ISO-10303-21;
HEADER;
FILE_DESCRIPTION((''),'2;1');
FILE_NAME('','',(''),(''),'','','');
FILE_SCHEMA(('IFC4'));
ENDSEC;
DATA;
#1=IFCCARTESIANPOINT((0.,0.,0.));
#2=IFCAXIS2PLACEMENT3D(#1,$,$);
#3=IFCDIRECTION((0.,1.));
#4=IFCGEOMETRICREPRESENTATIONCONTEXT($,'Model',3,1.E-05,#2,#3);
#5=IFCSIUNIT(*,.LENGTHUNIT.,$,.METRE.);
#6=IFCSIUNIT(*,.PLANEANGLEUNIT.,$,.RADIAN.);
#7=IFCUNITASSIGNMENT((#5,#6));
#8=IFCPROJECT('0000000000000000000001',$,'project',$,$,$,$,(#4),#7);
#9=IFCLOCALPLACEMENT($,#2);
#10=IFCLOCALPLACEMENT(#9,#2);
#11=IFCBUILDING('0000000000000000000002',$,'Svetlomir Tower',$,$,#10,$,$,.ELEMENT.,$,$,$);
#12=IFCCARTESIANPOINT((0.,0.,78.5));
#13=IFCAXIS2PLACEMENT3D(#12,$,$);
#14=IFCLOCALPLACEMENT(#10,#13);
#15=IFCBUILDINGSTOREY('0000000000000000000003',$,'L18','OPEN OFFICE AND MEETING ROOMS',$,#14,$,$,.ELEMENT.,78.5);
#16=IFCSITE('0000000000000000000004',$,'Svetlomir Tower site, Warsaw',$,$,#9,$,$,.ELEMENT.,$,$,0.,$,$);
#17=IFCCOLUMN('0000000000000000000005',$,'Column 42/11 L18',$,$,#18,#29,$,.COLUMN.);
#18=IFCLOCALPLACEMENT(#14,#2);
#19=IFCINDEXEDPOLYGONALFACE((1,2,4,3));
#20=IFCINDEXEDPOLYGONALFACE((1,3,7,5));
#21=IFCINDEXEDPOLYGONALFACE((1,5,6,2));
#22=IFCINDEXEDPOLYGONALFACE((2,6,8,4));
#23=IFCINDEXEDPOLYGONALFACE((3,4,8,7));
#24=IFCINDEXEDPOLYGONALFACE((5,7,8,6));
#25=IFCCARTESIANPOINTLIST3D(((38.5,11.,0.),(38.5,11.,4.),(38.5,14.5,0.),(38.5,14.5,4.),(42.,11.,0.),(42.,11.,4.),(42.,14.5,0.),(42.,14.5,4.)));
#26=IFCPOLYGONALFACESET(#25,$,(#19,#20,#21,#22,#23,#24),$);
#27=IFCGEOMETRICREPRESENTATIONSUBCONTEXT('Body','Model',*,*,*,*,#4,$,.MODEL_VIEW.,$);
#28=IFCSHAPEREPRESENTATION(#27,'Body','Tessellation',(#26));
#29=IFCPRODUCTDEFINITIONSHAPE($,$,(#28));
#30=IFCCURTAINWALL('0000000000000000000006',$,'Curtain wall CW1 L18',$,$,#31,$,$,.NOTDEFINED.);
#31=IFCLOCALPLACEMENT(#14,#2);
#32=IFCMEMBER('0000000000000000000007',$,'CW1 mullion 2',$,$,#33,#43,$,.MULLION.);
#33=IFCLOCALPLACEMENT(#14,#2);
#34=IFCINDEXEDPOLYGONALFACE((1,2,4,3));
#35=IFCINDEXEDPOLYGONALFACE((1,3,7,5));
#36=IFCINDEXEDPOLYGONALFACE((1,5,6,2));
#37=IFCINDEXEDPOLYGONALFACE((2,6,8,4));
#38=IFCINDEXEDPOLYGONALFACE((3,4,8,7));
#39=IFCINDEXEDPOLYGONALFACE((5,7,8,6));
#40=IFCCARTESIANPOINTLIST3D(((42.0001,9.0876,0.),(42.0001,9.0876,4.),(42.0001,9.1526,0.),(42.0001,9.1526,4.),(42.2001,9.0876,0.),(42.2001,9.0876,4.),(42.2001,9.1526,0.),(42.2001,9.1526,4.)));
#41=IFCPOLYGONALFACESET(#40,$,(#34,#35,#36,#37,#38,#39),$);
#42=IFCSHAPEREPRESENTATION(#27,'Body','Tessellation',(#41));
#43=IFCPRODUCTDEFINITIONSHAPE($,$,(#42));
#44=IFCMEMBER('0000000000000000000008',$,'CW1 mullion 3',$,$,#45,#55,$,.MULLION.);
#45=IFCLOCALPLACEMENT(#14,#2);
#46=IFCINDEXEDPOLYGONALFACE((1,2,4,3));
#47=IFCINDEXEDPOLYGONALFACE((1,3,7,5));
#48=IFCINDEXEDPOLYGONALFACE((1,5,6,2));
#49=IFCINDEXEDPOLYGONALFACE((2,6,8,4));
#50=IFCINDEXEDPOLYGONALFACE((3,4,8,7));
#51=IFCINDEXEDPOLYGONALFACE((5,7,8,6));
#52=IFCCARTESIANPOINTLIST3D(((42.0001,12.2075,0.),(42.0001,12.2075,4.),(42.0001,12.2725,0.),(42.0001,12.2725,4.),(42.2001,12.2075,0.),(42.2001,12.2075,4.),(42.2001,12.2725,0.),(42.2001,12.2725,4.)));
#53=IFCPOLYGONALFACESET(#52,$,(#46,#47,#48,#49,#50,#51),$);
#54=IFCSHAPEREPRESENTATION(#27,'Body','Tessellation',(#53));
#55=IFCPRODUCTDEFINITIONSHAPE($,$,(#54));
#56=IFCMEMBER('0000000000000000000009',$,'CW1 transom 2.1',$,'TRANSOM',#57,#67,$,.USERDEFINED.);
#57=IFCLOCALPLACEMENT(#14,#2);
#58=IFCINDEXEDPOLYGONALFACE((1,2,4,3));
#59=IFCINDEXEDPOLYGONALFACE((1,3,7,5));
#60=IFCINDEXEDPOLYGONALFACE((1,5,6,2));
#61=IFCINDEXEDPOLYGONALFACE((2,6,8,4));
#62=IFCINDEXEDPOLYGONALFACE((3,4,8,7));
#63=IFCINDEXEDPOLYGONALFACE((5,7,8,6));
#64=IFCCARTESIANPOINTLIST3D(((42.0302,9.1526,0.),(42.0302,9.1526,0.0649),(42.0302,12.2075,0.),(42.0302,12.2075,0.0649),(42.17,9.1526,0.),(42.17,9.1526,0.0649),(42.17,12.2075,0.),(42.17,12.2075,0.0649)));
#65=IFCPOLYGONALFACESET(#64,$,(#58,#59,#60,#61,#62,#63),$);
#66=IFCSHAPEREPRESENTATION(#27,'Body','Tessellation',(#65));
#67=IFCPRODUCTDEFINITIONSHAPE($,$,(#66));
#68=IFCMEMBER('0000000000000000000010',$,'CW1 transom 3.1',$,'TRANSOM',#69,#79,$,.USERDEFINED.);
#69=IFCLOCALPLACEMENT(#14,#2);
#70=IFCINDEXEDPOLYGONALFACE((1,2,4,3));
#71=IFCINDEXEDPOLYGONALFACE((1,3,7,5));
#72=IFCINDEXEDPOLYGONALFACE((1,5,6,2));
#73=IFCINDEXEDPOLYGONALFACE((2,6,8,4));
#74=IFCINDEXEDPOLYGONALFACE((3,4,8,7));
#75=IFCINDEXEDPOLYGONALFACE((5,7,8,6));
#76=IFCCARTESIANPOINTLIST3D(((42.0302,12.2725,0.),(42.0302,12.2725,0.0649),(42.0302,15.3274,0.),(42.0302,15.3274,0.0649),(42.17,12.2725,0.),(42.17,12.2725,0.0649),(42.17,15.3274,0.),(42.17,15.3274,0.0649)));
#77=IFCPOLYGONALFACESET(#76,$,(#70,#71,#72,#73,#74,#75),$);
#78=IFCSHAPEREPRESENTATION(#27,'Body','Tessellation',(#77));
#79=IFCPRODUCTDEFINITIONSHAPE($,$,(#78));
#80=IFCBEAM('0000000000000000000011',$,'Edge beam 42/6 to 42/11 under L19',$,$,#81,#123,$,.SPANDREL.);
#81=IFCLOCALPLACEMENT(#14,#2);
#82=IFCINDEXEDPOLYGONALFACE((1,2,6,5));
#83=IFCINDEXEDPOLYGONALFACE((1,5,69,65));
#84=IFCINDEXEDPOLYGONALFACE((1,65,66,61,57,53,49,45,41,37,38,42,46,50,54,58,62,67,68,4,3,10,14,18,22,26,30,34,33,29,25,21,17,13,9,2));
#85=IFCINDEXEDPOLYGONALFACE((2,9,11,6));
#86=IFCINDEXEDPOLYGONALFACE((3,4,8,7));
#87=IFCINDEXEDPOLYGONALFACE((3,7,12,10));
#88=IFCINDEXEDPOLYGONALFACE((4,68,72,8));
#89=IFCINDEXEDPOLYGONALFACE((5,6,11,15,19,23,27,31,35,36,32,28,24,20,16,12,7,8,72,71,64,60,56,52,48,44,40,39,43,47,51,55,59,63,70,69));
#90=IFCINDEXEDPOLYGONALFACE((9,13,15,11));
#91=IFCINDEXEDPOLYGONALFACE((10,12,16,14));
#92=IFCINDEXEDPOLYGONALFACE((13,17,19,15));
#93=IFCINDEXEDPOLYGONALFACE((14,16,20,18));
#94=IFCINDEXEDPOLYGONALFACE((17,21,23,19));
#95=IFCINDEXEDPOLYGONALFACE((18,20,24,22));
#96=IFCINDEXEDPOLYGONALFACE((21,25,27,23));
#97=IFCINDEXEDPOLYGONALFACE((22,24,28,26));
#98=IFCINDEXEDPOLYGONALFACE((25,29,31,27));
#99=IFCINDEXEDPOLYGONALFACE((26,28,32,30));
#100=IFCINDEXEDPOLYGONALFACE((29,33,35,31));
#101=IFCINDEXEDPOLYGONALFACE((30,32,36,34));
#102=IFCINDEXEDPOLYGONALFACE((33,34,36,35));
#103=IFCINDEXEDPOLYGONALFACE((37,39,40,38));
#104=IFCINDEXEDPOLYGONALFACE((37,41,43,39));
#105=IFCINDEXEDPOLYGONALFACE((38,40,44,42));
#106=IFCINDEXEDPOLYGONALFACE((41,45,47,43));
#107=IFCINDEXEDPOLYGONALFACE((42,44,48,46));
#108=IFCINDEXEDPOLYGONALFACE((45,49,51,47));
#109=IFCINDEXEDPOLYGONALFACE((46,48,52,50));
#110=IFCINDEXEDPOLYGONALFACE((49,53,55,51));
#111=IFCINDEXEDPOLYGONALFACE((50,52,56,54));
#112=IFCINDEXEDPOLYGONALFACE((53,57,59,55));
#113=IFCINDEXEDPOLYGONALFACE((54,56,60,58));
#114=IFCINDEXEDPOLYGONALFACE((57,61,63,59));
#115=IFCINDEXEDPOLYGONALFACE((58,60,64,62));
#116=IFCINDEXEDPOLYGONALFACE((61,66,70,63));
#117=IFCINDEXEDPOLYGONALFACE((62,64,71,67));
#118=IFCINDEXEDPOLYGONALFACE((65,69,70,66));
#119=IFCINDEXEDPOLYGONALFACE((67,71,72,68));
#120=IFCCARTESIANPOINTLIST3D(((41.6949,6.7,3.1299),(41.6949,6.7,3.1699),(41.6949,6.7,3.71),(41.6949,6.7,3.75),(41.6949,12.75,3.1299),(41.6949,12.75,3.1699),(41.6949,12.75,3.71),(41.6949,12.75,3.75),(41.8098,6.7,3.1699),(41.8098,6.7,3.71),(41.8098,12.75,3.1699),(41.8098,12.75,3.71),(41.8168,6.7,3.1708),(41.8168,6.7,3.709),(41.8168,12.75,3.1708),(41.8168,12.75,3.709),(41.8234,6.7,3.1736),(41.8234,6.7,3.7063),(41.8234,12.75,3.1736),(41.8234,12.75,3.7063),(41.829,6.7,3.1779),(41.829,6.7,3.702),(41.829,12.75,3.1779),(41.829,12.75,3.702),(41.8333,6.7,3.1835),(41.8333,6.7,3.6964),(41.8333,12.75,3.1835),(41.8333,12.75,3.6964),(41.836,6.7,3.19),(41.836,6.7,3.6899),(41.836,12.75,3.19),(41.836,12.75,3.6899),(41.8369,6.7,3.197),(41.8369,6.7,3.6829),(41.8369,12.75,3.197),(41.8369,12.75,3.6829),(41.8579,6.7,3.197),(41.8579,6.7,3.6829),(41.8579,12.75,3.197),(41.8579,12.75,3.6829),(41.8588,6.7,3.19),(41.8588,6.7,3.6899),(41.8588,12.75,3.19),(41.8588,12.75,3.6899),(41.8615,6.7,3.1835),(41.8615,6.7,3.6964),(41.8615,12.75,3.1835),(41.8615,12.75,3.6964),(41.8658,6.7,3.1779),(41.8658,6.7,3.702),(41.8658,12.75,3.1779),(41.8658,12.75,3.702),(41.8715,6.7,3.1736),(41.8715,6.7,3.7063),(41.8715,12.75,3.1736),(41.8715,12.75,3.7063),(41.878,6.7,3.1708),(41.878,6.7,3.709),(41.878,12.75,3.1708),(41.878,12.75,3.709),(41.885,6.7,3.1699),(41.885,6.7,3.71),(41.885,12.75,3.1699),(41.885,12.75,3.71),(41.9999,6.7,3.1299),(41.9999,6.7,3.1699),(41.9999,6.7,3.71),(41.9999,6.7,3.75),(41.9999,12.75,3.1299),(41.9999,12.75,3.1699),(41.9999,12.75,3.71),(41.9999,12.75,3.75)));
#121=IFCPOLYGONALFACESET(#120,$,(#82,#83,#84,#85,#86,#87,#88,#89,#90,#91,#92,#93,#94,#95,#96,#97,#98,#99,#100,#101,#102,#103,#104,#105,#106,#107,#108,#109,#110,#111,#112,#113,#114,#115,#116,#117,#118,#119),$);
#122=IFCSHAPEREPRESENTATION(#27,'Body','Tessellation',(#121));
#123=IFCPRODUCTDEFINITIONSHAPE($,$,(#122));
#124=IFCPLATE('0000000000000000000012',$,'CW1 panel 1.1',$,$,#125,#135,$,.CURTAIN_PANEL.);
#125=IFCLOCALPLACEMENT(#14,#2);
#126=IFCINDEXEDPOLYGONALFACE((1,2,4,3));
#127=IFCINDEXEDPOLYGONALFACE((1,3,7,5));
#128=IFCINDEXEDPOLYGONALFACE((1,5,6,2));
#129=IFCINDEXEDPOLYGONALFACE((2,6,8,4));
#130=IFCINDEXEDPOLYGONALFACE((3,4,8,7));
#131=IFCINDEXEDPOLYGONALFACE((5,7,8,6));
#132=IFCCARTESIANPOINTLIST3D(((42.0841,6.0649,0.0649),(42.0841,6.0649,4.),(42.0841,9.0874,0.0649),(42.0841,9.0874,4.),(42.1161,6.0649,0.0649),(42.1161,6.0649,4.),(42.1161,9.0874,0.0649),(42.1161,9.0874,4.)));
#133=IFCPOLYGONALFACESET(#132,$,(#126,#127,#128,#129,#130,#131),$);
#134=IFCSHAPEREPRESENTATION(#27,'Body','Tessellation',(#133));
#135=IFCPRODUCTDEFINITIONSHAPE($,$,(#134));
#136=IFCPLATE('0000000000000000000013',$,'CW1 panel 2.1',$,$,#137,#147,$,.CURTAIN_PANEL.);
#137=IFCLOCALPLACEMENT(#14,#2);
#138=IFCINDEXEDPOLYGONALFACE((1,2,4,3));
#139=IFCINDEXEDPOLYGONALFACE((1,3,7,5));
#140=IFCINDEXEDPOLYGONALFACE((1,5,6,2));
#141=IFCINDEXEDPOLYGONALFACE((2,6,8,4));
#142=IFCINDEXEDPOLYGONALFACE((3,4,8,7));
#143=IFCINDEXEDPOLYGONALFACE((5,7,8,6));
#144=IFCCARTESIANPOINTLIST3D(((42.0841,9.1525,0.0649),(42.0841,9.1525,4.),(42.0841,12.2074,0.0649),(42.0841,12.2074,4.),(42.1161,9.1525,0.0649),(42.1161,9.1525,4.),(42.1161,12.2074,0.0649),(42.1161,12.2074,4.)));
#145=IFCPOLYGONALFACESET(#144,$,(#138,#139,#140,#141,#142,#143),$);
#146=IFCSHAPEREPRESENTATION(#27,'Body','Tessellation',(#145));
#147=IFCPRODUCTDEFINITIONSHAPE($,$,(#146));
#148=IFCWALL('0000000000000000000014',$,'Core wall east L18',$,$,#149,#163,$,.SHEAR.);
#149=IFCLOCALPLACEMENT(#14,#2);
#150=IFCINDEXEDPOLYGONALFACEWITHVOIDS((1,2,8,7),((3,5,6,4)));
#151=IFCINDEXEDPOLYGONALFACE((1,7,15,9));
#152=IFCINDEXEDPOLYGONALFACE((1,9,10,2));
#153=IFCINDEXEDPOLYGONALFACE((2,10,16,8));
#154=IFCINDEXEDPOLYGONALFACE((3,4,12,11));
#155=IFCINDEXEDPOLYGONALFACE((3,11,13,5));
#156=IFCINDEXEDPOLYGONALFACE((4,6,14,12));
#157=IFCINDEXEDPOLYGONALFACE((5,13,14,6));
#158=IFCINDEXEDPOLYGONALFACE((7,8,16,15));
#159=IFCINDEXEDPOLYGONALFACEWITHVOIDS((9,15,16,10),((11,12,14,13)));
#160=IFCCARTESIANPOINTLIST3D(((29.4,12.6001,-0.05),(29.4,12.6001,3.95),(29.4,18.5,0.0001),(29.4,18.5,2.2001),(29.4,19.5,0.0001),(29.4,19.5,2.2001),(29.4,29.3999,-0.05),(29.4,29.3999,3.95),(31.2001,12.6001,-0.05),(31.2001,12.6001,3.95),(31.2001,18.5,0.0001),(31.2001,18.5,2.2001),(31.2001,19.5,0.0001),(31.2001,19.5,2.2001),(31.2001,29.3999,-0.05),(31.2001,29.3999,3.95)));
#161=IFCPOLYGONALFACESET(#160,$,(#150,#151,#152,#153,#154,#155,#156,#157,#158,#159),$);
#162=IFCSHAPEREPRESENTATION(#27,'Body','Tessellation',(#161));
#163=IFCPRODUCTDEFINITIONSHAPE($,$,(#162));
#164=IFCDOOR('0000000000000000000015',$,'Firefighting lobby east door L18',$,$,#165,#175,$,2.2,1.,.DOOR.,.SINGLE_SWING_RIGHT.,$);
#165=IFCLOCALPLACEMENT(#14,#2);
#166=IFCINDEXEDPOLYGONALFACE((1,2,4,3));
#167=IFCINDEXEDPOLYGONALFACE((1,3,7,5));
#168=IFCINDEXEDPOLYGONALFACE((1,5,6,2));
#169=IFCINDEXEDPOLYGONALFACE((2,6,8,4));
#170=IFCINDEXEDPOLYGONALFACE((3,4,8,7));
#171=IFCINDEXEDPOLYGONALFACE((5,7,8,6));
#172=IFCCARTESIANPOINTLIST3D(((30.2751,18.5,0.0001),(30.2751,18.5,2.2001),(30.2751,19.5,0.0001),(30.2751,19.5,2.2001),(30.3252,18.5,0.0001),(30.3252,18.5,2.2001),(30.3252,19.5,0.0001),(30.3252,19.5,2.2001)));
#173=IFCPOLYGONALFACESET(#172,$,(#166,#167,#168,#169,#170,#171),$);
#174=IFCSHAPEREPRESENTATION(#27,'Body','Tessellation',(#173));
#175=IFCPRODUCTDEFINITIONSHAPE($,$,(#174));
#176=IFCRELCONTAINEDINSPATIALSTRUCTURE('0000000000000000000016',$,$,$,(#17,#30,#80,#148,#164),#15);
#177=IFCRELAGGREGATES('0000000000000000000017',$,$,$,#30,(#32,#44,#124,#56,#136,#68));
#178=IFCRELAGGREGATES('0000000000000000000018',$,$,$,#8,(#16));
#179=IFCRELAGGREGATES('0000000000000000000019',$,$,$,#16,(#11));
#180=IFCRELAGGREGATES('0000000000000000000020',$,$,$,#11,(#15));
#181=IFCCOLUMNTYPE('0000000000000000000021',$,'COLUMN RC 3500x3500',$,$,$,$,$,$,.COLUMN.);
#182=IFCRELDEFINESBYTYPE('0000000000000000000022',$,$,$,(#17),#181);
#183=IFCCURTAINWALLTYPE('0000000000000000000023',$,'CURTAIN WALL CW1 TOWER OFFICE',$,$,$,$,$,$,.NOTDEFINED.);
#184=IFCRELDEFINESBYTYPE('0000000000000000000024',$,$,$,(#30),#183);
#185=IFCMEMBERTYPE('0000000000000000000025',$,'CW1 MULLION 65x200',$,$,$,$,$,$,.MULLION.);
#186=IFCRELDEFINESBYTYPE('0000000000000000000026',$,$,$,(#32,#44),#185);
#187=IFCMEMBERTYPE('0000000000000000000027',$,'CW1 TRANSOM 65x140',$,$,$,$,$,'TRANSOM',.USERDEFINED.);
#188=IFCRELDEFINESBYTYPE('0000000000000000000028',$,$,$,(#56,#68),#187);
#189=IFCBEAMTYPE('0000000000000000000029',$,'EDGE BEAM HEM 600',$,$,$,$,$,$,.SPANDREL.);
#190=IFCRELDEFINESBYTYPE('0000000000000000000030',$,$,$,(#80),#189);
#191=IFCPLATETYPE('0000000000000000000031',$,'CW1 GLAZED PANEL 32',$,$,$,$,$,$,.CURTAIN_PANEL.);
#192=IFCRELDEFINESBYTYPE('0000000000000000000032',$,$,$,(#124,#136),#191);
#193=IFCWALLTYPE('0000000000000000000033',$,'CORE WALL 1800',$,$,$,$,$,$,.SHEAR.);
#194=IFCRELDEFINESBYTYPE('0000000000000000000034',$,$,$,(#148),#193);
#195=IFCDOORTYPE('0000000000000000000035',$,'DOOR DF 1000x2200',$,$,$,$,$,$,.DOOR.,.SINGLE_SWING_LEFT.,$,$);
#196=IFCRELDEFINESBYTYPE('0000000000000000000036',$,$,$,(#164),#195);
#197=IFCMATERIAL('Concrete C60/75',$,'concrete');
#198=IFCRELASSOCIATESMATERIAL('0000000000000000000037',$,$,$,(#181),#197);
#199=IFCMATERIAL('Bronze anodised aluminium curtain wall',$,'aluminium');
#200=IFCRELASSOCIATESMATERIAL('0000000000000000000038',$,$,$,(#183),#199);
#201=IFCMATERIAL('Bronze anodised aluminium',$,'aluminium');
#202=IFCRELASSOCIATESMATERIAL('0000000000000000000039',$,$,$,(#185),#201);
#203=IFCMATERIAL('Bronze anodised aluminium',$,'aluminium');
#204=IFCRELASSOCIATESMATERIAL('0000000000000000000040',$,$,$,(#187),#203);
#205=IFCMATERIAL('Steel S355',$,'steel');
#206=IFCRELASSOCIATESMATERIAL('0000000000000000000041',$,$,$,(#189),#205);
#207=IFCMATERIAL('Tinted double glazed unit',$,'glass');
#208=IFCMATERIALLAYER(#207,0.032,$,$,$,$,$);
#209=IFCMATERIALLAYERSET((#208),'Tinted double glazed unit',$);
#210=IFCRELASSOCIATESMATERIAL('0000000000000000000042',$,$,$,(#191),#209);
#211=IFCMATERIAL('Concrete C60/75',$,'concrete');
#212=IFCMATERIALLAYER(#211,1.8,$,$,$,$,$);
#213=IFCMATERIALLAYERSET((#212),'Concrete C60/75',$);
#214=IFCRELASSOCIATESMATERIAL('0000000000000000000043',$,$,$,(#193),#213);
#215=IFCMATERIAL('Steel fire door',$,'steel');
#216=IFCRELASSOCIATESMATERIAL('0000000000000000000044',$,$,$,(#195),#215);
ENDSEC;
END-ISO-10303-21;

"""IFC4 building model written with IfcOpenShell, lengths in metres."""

from ifc_helpers import new_model, si_unit, direction, frame, frame_2d, origin, origin_2d, place, context, subcontext, project, spatial, rectangle, i_section, extrude, material, layer, layer_set, material_profile, profile_set, type_object, element, fill, aggregate, save


model = new_model("IFC4")

# Units and contexts
model_context = context("Model", 3, precision=1e-05, world=origin(), true_north=direction((0.0, 1.0)))
body_context = subcontext(model_context, "Body", "Model", "MODEL_VIEW")
ifc_project = project(units=[si_unit("LENGTHUNIT", "METRE"), si_unit("PLANEANGLEUNIT", "RADIAN")], contexts=[model_context])

# Site, building, storey
site_placement = place(None, origin())
site = spatial("IfcSite", under=ifc_project, at=site_placement, Name="Svetlomir Tower site, Warsaw", CompositionType="ELEMENT", RefElevation=0.0)
building_placement = place(site_placement, origin())
building = spatial("IfcBuilding", under=site, at=building_placement, Name="Svetlomir Tower", CompositionType="ELEMENT")
storey_placement = place(building_placement, frame((0.0, 0.0, 78.5)))
storey = spatial("IfcBuildingStorey", under=building, at=storey_placement, Name="L18", Description="OPEN OFFICE AND MEETING ROOMS", CompositionType="ELEMENT", Elevation=78.5)

# Column
ifc_material_1 = material(Name="Concrete C60/75", Category="concrete")
ifc_material_profile_1 = material_profile(ifc_material_1, rectangle(XDim=3.5, YDim=3.5, at=origin_2d()), Name="RC 3500x3500")
ifc_profile_set_1 = profile_set([ifc_material_profile_1], Name="Concrete C60/75")
column_type = type_object("IfcColumnType", Name="COLUMN RC 3500x3500", PredefinedType="COLUMN", material=ifc_profile_set_1)
column_placement = place(storey_placement, frame((40.25, 12.75, 0.0), z_axis=(0.0, 0.0, 1.0), x_axis=(1.0, 0.0, 0.0)))
element("IfcColumn", 1, at=column_placement, inside=storey, type_object=column_type, Name="Column 42/11 L18", PredefinedType="COLUMN", context=body_context, shape_type="SweptSolid", body=[
    extrude(rectangle(XDim=3.5, YDim=3.5, at=origin_2d()), origin(), (0.0, 0.0, 1.0), 4.0),
])

# Curtain wall, members
ifc_material_2 = material(Name="Bronze anodised aluminium curtain wall", Category="aluminium")
curtain_wall_type = type_object("IfcCurtainWallType", Name="CURTAIN WALL CW1 TOWER OFFICE", PredefinedType="NOTDEFINED", material=ifc_material_2)
curtain_wall_placement = place(storey_placement, origin())
curtain_wall = element("IfcCurtainWall", 2, at=curtain_wall_placement, inside=storey, type_object=curtain_wall_type, Name="Curtain wall CW1 L18", PredefinedType="NOTDEFINED")
ifc_material_3 = material(Name="Bronze anodised aluminium", Category="aluminium")
ifc_material_profile_2 = material_profile(ifc_material_3, rectangle(XDim=0.0649, YDim=0.2, at=origin_2d()), Name="AL 65x200")
ifc_profile_set_2 = profile_set([ifc_material_profile_2], Name="Bronze anodised aluminium 6063-T6")
member_type_1 = type_object("IfcMemberType", Name="CW1 MULLION 65x200", PredefinedType="MULLION", material=ifc_profile_set_2)
member_1_placement = place(storey_placement, frame((42.1001, 9.1201, 0.0), z_axis=(0.0, 0.0, 1.0), x_axis=(0.0, 1.0, 0.0)))
member_1 = element("IfcMember", 3, at=member_1_placement, type_object=member_type_1, Name="CW1 mullion 2", PredefinedType="MULLION", context=body_context, shape_type="SweptSolid", body=[
    extrude(rectangle(XDim=0.0649, YDim=0.2, at=origin_2d()), origin(), (0.0, 0.0, 1.0), 4.0),
])
member_2_placement = place(storey_placement, frame((42.1001, 12.24, 0.0), z_axis=(0.0, 0.0, 1.0), x_axis=(0.0, 1.0, 0.0)))
member_2 = element("IfcMember", 4, at=member_2_placement, type_object=member_type_1, Name="CW1 mullion 3", PredefinedType="MULLION", context=body_context, shape_type="SweptSolid", body=[
    extrude(rectangle(XDim=0.0649, YDim=0.2, at=origin_2d()), origin(), (0.0, 0.0, 1.0), 4.0),
])
ifc_material_4 = material(Name="Bronze anodised aluminium", Category="aluminium")
ifc_material_profile_3 = material_profile(ifc_material_4, rectangle(XDim=0.1399, YDim=0.0649, at=origin_2d()), Name="AL 140x65")
ifc_profile_set_3 = profile_set([ifc_material_profile_3], Name="Bronze anodised aluminium 6063-T6")
member_type_2 = type_object("IfcMemberType", Name="CW1 TRANSOM 65x140", ElementType="TRANSOM", PredefinedType="USERDEFINED", material=ifc_profile_set_3)
member_3_placement = place(storey_placement, frame((42.1001, 9.1526, 0.0325), z_axis=(0.0, 1.0, 0.0), x_axis=(-1.0, 0.0, 0.0)))
member_3 = element("IfcMember", 5, at=member_3_placement, type_object=member_type_2, Name="CW1 transom 2.1", ObjectType="TRANSOM", PredefinedType="USERDEFINED", context=body_context, shape_type="SweptSolid", body=[
    extrude(rectangle(XDim=0.1399, YDim=0.0649, at=origin_2d()), origin(), (0.0, 0.0, 1.0), 3.0549),
])
member_4_placement = place(storey_placement, frame((42.1001, 12.2725, 0.0325), z_axis=(0.0, 1.0, 0.0), x_axis=(-1.0, 0.0, 0.0)))
member_4 = element("IfcMember", 6, at=member_4_placement, type_object=member_type_2, Name="CW1 transom 3.1", ObjectType="TRANSOM", PredefinedType="USERDEFINED", context=body_context, shape_type="SweptSolid", body=[
    extrude(rectangle(XDim=0.1399, YDim=0.0649, at=origin_2d()), origin(), (0.0, 0.0, 1.0), 3.0549),
])

# Beam
ifc_material_5 = material(Name="Steel S355", Category="steel")
ifc_material_profile_4 = material_profile(ifc_material_5, i_section(OverallWidth=0.3049, OverallDepth=0.6201, WebThickness=0.021, FlangeThickness=0.04, FilletRadius=0.0271, at=origin_2d()), Name="HEM 600")
ifc_profile_set_4 = profile_set([ifc_material_profile_4], Name="Steel S355")
beam_type = type_object("IfcBeamType", Name="EDGE BEAM HEM 600", PredefinedType="SPANDREL", material=ifc_profile_set_4)
beam_placement = place(storey_placement, frame((41.8474, 6.7, 3.4399), z_axis=(0.0, 1.0, 0.0), x_axis=(-1.0, 0.0, 0.0)))
element("IfcBeam", 7, at=beam_placement, inside=storey, type_object=beam_type, Name="Edge beam 42/6 to 42/11 under L19", PredefinedType="SPANDREL", context=body_context, shape_type="SweptSolid", body=[
    extrude(i_section(OverallWidth=0.3049, OverallDepth=0.6201, WebThickness=0.021, FlangeThickness=0.04, FilletRadius=0.0271, at=origin_2d()), origin(), (0.0, 0.0, 1.0), 6.05),
])

# Plates
ifc_material_6 = material(Name="Tinted double glazed unit", Category="glass")
ifc_layer_1 = layer(ifc_material_6, 0.032)
ifc_layer_set_1 = layer_set([ifc_layer_1], Name="Tinted double glazed unit")
plate_type = type_object("IfcPlateType", Name="CW1 GLAZED PANEL 32", PredefinedType="CURTAIN_PANEL", material=ifc_layer_set_1)
plate_1_placement = place(storey_placement, frame((42.1001, 7.5762, 0.0649), z_axis=(0.0, 0.0, 1.0), x_axis=(0.0, 1.0, 0.0)))
plate_1 = element("IfcPlate", 8, at=plate_1_placement, type_object=plate_type, Name="CW1 panel 1.1", PredefinedType="CURTAIN_PANEL", context=body_context, shape_type="SweptSolid", body=[
    extrude(rectangle(XDim=3.0225, YDim=0.032, at=origin_2d()), origin(), (0.0, 0.0, 1.0), 3.9351),
])
plate_2_placement = place(storey_placement, frame((42.1001, 10.6799, 0.0649), z_axis=(0.0, 0.0, 1.0), x_axis=(0.0, 1.0, 0.0)))
plate_2 = element("IfcPlate", 9, at=plate_2_placement, type_object=plate_type, Name="CW1 panel 2.1", PredefinedType="CURTAIN_PANEL", context=body_context, shape_type="SweptSolid", body=[
    extrude(rectangle(XDim=3.0549, YDim=0.032, at=origin_2d()), origin(), (0.0, 0.0, 1.0), 3.9351),
])
aggregate(curtain_wall, [member_1, member_2, plate_1, member_3, plate_2, member_4])

# Wall, opening, door
ifc_material_7 = material(Name="Concrete C60/75", Category="concrete")
ifc_layer_2 = layer(ifc_material_7, 1.8)
ifc_layer_set_2 = layer_set([ifc_layer_2], Name="Concrete C60/75")
wall_type_1 = type_object("IfcWallType", Name="CORE WALL 1800", PredefinedType="SHEAR", material=ifc_layer_set_2)
wall_1_placement = place(storey_placement, frame((30.3, 12.6001, -0.05), z_axis=(0.0, 0.0, 1.0), x_axis=(0.0, 1.0, 0.0)))
wall_1 = element("IfcWall", 10, at=wall_1_placement, inside=storey, type_object=wall_type_1, Name="Core wall east L18", PredefinedType="SHEAR", context=body_context, shape_type="SweptSolid", body=[
    extrude(rectangle(XDim=16.7998, YDim=1.8, at=frame_2d((8.3999, 0.0))), origin(), (0.0, 0.0, 1.0), 4.0),
])
opening_1_placement = place(wall_1_placement, frame((5.8999, 0.0, 0.05)))
opening_1 = element("IfcOpeningElement", 11, at=opening_1_placement, cuts=wall_1, PredefinedType="OPENING", context=body_context, shape_type="SweptSolid", body=[
    extrude(rectangle(XDim=1.0, YDim=2.2, at=frame_2d((0.5, 1.1001))), frame((0.0, 0.9102, 0.0), z_axis=(0.0, -1.0, 0.0), x_axis=(1.0, 0.0, 0.0)), (0.0, 0.0, 1.0), 1.8201),
])
ifc_material_8 = material(Name="Steel fire door", Category="steel")
door_type_1 = type_object("IfcDoorType", Name="DOOR DF 1000x2200", OperationType="SINGLE_SWING_LEFT", PredefinedType="DOOR", material=ifc_material_8)
door_1_placement = place(opening_1_placement, origin())
door_1 = element("IfcDoor", 12, at=door_1_placement, inside=storey, type_object=door_type_1, Name="Firefighting lobby east door L18", OperationType="SINGLE_SWING_RIGHT", OverallHeight=2.2, OverallWidth=1.0, PredefinedType="DOOR", context=body_context, shape_type="SweptSolid", body=[
    extrude(rectangle(XDim=1.0, YDim=2.2, at=frame_2d((0.5, 1.1001))), frame((0.0, 0.0249, 0.0), z_axis=(0.0, -1.0, 0.0), x_axis=(1.0, 0.0, 0.0)), (0.0, 0.0, 1.0), 0.05),
])
fill(opening_1, door_1)

save(model, "model.ifc")
